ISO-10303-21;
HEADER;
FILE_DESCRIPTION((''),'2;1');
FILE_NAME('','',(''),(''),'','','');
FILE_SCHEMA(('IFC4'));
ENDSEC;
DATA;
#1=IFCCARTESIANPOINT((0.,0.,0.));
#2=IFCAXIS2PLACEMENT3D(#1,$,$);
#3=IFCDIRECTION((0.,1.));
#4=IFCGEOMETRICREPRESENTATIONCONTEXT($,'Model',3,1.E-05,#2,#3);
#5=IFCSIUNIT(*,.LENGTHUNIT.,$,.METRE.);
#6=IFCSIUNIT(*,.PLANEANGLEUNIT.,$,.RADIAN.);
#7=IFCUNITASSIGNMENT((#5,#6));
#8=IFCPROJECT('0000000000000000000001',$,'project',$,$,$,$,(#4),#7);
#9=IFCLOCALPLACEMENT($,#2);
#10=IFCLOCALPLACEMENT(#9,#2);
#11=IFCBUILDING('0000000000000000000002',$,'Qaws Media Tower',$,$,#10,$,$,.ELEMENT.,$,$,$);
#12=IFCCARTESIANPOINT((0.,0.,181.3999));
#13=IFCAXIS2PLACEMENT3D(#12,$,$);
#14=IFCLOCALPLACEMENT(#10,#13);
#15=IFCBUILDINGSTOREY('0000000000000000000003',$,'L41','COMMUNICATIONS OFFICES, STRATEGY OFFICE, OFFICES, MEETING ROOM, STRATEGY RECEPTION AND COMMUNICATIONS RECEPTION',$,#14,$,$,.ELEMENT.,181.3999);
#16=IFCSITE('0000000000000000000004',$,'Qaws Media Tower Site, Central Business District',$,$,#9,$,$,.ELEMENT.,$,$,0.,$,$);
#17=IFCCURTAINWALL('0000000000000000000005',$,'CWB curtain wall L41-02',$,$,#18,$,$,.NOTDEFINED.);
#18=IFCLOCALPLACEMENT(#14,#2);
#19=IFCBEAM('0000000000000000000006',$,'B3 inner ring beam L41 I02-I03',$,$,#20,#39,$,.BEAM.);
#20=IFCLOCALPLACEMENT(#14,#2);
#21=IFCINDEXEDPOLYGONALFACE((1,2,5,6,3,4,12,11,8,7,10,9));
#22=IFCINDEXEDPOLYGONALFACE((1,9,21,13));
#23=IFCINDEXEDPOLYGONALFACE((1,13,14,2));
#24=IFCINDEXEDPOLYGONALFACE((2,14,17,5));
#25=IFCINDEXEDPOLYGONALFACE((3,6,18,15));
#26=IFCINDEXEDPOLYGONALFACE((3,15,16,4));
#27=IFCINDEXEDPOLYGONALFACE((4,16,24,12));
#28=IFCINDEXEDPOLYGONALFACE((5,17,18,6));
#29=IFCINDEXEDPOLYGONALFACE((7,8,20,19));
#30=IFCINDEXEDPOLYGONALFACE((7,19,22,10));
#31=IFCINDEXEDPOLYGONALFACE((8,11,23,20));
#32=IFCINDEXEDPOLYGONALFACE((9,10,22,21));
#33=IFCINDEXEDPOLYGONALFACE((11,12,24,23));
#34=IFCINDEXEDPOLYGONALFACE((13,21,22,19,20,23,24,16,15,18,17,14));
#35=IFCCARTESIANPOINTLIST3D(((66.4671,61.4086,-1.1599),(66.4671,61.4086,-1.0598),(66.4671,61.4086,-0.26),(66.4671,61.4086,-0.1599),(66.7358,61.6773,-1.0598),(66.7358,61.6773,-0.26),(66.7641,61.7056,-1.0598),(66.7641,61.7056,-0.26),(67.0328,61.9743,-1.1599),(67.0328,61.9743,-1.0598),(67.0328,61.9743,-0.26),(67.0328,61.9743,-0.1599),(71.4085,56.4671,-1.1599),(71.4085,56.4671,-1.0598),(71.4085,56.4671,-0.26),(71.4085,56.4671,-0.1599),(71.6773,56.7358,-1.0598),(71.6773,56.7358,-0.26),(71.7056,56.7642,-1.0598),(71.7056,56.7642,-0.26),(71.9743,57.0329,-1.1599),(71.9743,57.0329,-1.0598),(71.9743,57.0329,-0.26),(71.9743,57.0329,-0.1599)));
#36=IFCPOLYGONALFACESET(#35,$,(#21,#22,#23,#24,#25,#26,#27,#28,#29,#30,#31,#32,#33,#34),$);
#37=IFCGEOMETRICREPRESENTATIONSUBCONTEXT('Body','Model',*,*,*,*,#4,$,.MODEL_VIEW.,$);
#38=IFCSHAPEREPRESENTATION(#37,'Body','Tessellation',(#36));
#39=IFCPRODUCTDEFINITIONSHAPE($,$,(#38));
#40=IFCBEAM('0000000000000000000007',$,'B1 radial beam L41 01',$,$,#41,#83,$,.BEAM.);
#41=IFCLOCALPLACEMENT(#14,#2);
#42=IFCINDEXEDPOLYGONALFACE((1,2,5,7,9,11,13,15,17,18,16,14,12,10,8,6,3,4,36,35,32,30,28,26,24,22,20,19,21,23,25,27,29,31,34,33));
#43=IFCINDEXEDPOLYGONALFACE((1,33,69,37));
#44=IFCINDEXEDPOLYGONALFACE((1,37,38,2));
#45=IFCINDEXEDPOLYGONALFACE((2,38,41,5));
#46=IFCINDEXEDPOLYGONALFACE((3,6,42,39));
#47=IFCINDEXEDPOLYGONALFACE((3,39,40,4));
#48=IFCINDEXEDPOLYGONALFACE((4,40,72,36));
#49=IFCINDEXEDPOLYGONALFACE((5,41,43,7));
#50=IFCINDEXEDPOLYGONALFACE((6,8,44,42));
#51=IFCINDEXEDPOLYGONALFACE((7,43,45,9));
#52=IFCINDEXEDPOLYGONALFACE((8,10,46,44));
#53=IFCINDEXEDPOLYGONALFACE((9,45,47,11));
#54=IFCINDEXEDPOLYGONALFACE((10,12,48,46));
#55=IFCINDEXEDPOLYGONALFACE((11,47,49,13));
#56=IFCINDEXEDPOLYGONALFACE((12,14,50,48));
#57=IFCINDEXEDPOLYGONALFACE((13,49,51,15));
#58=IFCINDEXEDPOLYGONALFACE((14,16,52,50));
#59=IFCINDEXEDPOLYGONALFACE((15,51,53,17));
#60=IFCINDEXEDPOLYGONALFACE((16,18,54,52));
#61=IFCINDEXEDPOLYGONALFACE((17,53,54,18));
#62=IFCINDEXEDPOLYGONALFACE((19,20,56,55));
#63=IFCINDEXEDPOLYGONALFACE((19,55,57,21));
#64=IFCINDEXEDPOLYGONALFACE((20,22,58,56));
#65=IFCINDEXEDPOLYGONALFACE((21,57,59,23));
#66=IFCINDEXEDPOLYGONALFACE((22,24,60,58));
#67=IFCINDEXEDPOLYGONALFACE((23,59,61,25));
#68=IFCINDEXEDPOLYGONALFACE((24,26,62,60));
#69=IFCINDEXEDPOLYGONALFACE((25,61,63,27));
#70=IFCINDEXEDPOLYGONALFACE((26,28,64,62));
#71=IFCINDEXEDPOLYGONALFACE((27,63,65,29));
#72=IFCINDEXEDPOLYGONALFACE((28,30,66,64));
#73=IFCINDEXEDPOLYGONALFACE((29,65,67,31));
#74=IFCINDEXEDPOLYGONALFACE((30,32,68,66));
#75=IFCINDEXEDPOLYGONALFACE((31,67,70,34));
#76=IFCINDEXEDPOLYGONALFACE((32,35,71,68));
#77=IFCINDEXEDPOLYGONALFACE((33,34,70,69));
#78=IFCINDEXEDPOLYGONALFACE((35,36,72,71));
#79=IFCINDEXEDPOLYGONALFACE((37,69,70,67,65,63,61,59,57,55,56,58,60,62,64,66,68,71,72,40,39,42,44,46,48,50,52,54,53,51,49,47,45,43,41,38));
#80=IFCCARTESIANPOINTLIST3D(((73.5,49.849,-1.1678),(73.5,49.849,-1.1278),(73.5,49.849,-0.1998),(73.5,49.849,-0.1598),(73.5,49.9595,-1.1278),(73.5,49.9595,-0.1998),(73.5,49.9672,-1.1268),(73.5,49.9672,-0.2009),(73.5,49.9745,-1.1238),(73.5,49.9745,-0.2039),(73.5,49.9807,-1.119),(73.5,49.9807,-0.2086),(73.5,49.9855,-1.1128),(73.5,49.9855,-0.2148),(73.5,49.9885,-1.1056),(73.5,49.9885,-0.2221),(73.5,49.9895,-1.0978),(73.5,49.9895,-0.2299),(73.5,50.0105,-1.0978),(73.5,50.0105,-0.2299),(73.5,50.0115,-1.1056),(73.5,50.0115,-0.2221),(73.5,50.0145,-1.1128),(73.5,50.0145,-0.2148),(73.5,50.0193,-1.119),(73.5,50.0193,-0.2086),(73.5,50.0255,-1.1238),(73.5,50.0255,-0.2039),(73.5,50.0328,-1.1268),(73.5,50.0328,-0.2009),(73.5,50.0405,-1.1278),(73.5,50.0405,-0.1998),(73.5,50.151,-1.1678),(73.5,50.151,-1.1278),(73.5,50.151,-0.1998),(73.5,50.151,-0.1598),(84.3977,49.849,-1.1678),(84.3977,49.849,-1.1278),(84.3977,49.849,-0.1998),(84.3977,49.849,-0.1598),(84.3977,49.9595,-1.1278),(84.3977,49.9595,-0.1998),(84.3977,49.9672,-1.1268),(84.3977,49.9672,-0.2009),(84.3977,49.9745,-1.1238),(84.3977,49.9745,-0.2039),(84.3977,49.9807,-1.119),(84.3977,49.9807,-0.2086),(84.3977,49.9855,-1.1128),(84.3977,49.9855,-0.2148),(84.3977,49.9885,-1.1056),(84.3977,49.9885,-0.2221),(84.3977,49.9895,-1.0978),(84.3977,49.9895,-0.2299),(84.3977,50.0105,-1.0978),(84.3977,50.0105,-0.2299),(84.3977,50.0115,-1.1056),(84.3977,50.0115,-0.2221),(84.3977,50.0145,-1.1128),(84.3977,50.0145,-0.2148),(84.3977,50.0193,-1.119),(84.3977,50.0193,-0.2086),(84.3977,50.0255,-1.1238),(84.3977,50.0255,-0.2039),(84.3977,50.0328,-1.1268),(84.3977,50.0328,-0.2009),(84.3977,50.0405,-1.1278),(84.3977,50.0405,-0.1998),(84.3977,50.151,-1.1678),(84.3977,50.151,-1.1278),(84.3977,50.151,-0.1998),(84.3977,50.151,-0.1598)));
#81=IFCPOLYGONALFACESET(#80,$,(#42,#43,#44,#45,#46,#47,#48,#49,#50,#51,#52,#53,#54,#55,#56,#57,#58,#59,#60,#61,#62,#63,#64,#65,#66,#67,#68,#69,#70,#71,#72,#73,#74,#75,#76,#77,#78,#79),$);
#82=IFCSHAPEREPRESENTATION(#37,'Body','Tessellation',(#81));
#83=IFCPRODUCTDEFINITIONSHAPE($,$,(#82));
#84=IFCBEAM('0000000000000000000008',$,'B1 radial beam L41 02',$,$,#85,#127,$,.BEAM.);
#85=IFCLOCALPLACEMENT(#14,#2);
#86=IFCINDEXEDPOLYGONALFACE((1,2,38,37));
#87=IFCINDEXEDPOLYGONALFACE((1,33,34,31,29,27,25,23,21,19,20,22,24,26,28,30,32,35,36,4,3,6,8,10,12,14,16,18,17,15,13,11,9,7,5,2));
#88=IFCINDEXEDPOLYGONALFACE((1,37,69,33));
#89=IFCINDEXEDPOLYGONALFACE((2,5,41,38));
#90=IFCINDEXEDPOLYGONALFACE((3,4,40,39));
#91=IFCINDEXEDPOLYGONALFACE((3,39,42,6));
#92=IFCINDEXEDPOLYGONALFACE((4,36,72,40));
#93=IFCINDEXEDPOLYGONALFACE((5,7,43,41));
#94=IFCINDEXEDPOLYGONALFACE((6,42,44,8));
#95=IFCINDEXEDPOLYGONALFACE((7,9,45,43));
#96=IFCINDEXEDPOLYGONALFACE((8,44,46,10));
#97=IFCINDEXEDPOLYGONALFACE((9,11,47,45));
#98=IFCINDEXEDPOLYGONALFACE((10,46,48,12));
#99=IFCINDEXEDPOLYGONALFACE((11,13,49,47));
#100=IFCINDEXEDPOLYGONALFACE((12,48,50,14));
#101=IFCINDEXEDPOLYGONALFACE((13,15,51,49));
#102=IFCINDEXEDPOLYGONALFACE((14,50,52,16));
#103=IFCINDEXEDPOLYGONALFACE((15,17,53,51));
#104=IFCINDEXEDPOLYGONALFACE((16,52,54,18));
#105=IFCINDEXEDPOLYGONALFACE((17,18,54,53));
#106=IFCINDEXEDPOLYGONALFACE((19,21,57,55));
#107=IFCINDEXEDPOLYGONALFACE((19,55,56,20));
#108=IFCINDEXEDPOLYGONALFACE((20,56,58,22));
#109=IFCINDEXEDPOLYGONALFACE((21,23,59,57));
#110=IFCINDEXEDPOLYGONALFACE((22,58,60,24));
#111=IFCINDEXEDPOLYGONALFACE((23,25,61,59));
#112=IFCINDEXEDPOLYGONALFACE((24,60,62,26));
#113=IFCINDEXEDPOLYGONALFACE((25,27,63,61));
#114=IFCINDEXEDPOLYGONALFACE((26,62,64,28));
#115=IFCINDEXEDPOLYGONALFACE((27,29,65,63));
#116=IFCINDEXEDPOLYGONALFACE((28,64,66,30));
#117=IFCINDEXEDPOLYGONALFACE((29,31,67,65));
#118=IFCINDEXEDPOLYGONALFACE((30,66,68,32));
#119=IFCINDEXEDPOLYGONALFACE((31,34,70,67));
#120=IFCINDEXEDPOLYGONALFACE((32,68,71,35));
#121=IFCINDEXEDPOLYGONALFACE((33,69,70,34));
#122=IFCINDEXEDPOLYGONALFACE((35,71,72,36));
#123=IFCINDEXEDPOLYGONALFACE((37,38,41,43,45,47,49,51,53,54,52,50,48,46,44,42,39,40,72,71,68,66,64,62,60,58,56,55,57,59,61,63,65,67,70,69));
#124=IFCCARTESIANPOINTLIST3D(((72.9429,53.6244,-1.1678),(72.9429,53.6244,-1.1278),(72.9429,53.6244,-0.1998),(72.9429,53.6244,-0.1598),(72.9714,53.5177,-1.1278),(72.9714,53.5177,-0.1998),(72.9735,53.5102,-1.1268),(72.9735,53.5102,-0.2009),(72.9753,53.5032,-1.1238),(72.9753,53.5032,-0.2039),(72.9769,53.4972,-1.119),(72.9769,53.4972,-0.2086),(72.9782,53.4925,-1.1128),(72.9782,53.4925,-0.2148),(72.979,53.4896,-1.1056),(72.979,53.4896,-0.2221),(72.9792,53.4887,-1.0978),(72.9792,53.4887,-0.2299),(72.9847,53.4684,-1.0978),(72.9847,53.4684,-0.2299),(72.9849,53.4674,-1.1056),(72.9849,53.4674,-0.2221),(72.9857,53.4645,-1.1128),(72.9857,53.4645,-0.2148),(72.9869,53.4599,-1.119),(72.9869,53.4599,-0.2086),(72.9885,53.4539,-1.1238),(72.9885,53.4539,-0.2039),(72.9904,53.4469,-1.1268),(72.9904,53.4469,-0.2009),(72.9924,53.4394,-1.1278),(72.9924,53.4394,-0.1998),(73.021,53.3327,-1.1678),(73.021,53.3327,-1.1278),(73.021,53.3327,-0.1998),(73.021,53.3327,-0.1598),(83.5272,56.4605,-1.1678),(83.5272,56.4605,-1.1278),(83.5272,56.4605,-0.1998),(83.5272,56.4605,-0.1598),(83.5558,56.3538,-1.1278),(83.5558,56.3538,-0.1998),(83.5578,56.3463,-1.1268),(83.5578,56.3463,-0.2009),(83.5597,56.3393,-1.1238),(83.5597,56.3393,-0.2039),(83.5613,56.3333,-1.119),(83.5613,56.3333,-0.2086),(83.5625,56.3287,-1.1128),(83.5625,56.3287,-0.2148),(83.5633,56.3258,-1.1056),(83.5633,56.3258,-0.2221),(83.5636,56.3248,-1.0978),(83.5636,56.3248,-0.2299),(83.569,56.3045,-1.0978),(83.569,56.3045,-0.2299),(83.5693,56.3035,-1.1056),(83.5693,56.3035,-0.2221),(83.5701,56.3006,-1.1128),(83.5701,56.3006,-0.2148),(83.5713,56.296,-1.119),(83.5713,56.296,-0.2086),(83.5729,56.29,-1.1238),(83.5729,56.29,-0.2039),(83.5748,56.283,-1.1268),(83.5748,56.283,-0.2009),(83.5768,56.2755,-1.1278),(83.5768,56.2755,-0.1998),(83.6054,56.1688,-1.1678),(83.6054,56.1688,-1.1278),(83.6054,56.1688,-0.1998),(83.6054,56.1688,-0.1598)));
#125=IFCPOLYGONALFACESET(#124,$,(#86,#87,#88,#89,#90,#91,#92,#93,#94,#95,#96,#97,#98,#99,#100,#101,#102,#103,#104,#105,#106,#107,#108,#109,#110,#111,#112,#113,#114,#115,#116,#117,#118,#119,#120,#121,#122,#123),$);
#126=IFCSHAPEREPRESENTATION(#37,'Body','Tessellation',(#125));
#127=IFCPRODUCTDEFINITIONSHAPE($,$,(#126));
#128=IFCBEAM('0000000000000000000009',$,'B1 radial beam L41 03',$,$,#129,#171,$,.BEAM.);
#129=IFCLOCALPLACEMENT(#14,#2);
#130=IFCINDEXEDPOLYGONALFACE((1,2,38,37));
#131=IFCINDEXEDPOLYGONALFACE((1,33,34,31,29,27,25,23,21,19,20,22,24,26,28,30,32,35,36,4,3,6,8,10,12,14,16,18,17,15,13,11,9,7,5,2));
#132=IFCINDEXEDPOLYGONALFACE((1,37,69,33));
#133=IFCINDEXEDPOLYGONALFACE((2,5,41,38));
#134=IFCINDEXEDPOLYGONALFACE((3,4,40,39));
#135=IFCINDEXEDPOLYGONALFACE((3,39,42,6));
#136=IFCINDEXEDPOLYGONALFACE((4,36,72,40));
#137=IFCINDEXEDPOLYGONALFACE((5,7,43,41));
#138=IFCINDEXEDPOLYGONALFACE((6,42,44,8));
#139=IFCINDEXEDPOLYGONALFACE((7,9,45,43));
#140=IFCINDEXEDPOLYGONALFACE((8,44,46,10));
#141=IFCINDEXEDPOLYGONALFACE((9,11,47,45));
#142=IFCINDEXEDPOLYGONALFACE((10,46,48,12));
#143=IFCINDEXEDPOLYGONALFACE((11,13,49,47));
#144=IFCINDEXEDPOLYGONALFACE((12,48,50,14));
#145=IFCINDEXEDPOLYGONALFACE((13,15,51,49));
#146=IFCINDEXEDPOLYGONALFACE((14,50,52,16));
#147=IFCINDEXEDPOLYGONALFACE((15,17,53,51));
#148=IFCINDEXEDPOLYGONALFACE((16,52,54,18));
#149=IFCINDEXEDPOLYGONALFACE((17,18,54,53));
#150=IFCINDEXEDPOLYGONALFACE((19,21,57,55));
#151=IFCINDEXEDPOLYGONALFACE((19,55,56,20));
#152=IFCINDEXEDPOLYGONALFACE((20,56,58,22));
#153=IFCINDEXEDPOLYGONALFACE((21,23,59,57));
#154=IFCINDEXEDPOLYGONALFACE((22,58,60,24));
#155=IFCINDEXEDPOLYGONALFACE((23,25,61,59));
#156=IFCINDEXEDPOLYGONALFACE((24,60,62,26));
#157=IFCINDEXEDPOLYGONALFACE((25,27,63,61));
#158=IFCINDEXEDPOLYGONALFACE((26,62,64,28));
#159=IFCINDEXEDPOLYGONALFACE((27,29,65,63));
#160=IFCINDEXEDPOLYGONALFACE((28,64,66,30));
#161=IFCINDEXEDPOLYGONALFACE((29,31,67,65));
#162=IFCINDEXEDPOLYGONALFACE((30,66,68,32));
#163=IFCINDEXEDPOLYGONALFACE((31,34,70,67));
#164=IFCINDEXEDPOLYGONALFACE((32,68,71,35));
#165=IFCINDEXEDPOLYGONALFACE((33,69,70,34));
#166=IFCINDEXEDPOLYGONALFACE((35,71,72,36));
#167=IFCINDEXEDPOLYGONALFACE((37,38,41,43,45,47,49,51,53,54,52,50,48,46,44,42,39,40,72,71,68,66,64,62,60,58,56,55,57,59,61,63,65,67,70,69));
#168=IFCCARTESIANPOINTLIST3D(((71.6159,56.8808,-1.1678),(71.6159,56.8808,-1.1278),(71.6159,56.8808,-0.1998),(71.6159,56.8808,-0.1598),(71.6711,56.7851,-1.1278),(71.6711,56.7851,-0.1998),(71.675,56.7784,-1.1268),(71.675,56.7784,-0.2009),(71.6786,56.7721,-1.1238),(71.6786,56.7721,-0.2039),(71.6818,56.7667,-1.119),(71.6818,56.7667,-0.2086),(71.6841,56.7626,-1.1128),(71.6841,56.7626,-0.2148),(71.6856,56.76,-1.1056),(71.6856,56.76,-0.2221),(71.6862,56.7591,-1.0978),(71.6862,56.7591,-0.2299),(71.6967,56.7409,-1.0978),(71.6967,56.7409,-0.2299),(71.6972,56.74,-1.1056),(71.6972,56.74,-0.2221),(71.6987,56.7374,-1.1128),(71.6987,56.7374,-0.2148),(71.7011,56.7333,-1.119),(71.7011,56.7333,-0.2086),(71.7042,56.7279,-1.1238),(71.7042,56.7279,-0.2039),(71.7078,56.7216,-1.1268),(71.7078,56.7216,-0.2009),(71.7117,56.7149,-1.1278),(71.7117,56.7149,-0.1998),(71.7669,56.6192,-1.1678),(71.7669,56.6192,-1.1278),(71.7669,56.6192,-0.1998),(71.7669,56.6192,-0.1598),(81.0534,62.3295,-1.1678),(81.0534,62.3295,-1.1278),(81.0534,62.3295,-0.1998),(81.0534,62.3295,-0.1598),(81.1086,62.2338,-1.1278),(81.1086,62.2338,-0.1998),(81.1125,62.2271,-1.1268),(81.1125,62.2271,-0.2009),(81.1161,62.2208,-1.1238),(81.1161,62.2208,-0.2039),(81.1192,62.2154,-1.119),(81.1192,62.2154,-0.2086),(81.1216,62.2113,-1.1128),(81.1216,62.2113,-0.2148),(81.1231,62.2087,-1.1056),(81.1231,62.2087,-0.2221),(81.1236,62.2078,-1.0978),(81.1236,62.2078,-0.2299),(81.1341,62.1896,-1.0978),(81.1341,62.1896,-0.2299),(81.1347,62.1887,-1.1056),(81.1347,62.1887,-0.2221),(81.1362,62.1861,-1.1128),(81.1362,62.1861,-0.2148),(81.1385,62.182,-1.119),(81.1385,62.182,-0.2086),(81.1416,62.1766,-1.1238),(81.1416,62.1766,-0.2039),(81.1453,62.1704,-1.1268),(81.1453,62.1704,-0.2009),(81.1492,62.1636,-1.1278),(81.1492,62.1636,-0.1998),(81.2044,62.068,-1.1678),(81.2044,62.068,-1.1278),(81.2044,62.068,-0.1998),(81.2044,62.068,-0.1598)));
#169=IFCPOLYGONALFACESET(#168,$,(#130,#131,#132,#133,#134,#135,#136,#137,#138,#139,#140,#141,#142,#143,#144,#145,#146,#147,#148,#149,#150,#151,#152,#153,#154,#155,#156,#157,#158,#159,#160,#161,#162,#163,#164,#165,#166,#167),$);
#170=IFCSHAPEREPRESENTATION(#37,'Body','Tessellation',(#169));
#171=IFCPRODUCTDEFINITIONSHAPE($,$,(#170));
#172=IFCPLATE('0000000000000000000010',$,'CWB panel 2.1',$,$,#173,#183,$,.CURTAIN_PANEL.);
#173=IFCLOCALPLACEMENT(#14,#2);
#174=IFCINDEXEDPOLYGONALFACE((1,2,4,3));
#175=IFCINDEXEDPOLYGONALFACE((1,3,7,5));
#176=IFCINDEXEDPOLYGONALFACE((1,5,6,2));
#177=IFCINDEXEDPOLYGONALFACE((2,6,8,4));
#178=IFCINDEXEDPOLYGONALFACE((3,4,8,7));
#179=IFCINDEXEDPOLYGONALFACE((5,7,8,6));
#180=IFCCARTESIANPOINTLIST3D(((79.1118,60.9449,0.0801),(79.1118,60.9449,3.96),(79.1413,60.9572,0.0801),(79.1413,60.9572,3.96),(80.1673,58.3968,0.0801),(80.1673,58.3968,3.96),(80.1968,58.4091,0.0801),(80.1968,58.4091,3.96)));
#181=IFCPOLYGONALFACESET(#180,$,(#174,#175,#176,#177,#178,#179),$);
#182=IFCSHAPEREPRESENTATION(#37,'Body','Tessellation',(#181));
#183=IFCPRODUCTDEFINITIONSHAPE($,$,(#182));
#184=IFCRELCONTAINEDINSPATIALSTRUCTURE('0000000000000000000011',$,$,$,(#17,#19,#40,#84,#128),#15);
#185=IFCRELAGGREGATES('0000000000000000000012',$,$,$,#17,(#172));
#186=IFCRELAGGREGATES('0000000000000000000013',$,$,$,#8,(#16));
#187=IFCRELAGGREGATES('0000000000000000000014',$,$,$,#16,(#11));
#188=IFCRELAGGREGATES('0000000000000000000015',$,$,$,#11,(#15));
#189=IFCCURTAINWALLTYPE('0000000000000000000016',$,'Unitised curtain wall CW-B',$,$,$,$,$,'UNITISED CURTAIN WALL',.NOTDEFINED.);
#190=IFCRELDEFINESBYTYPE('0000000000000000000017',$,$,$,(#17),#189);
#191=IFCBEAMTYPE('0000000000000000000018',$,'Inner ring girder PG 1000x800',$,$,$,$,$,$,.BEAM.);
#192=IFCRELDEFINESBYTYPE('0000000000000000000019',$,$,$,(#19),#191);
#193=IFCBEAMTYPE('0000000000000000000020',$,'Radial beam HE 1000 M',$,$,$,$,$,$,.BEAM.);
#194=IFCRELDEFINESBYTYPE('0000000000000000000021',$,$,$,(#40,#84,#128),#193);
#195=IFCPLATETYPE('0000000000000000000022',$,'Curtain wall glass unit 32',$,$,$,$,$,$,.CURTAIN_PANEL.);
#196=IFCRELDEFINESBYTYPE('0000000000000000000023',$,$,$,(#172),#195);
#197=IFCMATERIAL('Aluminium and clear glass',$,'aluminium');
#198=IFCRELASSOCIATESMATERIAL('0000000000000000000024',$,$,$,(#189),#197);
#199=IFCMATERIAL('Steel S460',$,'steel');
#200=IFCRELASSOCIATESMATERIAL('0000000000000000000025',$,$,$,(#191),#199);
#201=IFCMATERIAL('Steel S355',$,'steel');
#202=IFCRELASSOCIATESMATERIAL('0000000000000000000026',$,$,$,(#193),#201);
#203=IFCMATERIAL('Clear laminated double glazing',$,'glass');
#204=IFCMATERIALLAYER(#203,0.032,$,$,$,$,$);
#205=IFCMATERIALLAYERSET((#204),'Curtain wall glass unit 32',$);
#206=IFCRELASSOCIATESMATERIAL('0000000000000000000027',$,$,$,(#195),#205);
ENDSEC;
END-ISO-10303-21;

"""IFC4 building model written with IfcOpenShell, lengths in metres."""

from ifc_helpers import new_model, si_unit, direction, frame, origin, origin_2d, place, context, subcontext, project, spatial, rectangle, i_section, extrude, material, layer, layer_set, material_profile, profile_set, type_object, element, aggregate, save


model = new_model("IFC4")

# Units and contexts
model_context = context("Model", 3, precision=1e-05, world=origin(), true_north=direction((0.0, 1.0)))
body_context = subcontext(model_context, "Body", "Model", "MODEL_VIEW")
ifc_project = project(units=[si_unit("LENGTHUNIT", "METRE"), si_unit("PLANEANGLEUNIT", "RADIAN")], contexts=[model_context])

# Site, building, storey
site_placement = place(None, origin())
site = spatial("IfcSite", under=ifc_project, at=site_placement, Name="Qaws Media Tower Site, Central Business District", CompositionType="ELEMENT", RefElevation=0.0)
building_placement = place(site_placement, origin())
building = spatial("IfcBuilding", under=site, at=building_placement, Name="Qaws Media Tower", CompositionType="ELEMENT")
storey_placement = place(building_placement, frame((0.0, 0.0, 181.3999)))
storey = spatial("IfcBuildingStorey", under=building, at=storey_placement, Name="L41", Description="COMMUNICATIONS OFFICES, STRATEGY OFFICE, OFFICES, MEETING ROOM, STRATEGY RECEPTION AND COMMUNICATIONS RECEPTION", CompositionType="ELEMENT", Elevation=181.3999)

# Curtain wall
ifc_material_1 = material(Name="Aluminium and clear glass", Category="aluminium")
curtain_wall_type = type_object("IfcCurtainWallType", Name="Unitised curtain wall CW-B", ElementType="UNITISED CURTAIN WALL", PredefinedType="NOTDEFINED", material=ifc_material_1)
curtain_wall_placement = place(storey_placement, origin())
curtain_wall = element("IfcCurtainWall", 1, at=curtain_wall_placement, inside=storey, type_object=curtain_wall_type, Name="CWB curtain wall L41-02", PredefinedType="NOTDEFINED")

# Beams
ifc_material_2 = material(Name="Steel S460", Category="steel")
ifc_material_profile_1 = material_profile(ifc_material_2, i_section(OverallWidth=0.8, OverallDepth=1.0, WebThickness=0.04, FlangeThickness=0.1001, at=origin_2d()), Name="PG 1000x800")
ifc_profile_set_1 = profile_set([ifc_material_profile_1], Name="Steel S460")
beam_type_1 = type_object("IfcBeamType", Name="Inner ring girder PG 1000x800", PredefinedType="BEAM", material=ifc_profile_set_1)
beam_1_placement = place(storey_placement, frame((71.6914, 56.75, -0.6599), z_axis=(-0.707107, 0.707107, 0.0), x_axis=(-0.707107, -0.707107, 0.0)))
element("IfcBeam", 2, at=beam_1_placement, inside=storey, type_object=beam_type_1, Name="B3 inner ring beam L41 I02-I03", PredefinedType="BEAM", context=body_context, shape_type="SweptSolid", body=[
    extrude(i_section(OverallWidth=0.8, OverallDepth=1.0, WebThickness=0.04, FlangeThickness=0.1001, at=origin_2d()), origin(), (0.0, 0.0, 1.0), 6.9883),
])
ifc_material_3 = material(Name="Steel S355", Category="steel")
ifc_material_profile_2 = material_profile(ifc_material_3, i_section(OverallWidth=0.302, OverallDepth=1.0081, WebThickness=0.021, FlangeThickness=0.04, FilletRadius=0.03, at=origin_2d()), Name="HE 1000 M")
ifc_profile_set_2 = profile_set([ifc_material_profile_2], Name="Steel S355")
beam_type_2 = type_object("IfcBeamType", Name="Radial beam HE 1000 M", PredefinedType="BEAM", material=ifc_profile_set_2)
beam_2_placement = place(storey_placement, frame((73.5, 50.0, -0.6638), z_axis=(1.0, 0.0, 0.0), x_axis=(0.0, 1.0, 0.0)))
element("IfcBeam", 3, at=beam_2_placement, inside=storey, type_object=beam_type_2, Name="B1 radial beam L41 01", PredefinedType="BEAM", context=body_context, shape_type="SweptSolid", body=[
    extrude(i_section(OverallWidth=0.302, OverallDepth=1.0081, WebThickness=0.021, FlangeThickness=0.04, FilletRadius=0.03, at=origin_2d()), origin(), (0.0, 0.0, 1.0), 10.8977),
])
beam_3_placement = place(storey_placement, frame((72.9819, 53.4785, -0.6638), z_axis=(0.965924, 0.258826, 0.0), x_axis=(-0.258826, 0.965924, 0.0)))
element("IfcBeam", 4, at=beam_3_placement, inside=storey, type_object=beam_type_2, Name="B1 radial beam L41 02", PredefinedType="BEAM", context=body_context, shape_type="SweptSolid", body=[
    extrude(i_section(OverallWidth=0.302, OverallDepth=1.0081, WebThickness=0.021, FlangeThickness=0.04, FilletRadius=0.03, at=origin_2d()), origin(), (0.0, 0.0, 1.0), 10.9578),
])
beam_4_placement = place(storey_placement, frame((71.6914, 56.75, -0.6638), z_axis=(0.866026, 0.499999, 0.0), x_axis=(-0.499999, 0.866026, 0.0)))
element("IfcBeam", 5, at=beam_4_placement, inside=storey, type_object=beam_type_2, Name="B1 radial beam L41 03", PredefinedType="BEAM", context=body_context, shape_type="SweptSolid", body=[
    extrude(i_section(OverallWidth=0.302, OverallDepth=1.0081, WebThickness=0.021, FlangeThickness=0.04, FilletRadius=0.03, at=origin_2d()), origin(), (0.0, 0.0, 1.0), 10.8975),
])

# Plate
ifc_material_4 = material(Name="Clear laminated double glazing", Category="glass")
ifc_layer_1 = layer(ifc_material_4, 0.032)
ifc_layer_set_1 = layer_set([ifc_layer_1], Name="Curtain wall glass unit 32")
plate_type = type_object("IfcPlateType", Name="Curtain wall glass unit 32", PredefinedType="CURTAIN_PANEL", material=ifc_layer_set_1)
plate_placement = place(storey_placement, frame((79.6543, 59.677, 0.0801), z_axis=(0.0, 0.0, 1.0), x_axis=(-0.382683, 0.92388, 0.0)))
plate = element("IfcPlate", 6, at=plate_placement, type_object=plate_type, Name="CWB panel 2.1", PredefinedType="CURTAIN_PANEL", context=body_context, shape_type="SweptSolid", body=[
    extrude(rectangle(XDim=2.7581, YDim=0.032, at=origin_2d()), origin(), (0.0, 0.0, 1.0), 3.8799),
])
aggregate(curtain_wall, [plate])

save(model, "model.ifc")
